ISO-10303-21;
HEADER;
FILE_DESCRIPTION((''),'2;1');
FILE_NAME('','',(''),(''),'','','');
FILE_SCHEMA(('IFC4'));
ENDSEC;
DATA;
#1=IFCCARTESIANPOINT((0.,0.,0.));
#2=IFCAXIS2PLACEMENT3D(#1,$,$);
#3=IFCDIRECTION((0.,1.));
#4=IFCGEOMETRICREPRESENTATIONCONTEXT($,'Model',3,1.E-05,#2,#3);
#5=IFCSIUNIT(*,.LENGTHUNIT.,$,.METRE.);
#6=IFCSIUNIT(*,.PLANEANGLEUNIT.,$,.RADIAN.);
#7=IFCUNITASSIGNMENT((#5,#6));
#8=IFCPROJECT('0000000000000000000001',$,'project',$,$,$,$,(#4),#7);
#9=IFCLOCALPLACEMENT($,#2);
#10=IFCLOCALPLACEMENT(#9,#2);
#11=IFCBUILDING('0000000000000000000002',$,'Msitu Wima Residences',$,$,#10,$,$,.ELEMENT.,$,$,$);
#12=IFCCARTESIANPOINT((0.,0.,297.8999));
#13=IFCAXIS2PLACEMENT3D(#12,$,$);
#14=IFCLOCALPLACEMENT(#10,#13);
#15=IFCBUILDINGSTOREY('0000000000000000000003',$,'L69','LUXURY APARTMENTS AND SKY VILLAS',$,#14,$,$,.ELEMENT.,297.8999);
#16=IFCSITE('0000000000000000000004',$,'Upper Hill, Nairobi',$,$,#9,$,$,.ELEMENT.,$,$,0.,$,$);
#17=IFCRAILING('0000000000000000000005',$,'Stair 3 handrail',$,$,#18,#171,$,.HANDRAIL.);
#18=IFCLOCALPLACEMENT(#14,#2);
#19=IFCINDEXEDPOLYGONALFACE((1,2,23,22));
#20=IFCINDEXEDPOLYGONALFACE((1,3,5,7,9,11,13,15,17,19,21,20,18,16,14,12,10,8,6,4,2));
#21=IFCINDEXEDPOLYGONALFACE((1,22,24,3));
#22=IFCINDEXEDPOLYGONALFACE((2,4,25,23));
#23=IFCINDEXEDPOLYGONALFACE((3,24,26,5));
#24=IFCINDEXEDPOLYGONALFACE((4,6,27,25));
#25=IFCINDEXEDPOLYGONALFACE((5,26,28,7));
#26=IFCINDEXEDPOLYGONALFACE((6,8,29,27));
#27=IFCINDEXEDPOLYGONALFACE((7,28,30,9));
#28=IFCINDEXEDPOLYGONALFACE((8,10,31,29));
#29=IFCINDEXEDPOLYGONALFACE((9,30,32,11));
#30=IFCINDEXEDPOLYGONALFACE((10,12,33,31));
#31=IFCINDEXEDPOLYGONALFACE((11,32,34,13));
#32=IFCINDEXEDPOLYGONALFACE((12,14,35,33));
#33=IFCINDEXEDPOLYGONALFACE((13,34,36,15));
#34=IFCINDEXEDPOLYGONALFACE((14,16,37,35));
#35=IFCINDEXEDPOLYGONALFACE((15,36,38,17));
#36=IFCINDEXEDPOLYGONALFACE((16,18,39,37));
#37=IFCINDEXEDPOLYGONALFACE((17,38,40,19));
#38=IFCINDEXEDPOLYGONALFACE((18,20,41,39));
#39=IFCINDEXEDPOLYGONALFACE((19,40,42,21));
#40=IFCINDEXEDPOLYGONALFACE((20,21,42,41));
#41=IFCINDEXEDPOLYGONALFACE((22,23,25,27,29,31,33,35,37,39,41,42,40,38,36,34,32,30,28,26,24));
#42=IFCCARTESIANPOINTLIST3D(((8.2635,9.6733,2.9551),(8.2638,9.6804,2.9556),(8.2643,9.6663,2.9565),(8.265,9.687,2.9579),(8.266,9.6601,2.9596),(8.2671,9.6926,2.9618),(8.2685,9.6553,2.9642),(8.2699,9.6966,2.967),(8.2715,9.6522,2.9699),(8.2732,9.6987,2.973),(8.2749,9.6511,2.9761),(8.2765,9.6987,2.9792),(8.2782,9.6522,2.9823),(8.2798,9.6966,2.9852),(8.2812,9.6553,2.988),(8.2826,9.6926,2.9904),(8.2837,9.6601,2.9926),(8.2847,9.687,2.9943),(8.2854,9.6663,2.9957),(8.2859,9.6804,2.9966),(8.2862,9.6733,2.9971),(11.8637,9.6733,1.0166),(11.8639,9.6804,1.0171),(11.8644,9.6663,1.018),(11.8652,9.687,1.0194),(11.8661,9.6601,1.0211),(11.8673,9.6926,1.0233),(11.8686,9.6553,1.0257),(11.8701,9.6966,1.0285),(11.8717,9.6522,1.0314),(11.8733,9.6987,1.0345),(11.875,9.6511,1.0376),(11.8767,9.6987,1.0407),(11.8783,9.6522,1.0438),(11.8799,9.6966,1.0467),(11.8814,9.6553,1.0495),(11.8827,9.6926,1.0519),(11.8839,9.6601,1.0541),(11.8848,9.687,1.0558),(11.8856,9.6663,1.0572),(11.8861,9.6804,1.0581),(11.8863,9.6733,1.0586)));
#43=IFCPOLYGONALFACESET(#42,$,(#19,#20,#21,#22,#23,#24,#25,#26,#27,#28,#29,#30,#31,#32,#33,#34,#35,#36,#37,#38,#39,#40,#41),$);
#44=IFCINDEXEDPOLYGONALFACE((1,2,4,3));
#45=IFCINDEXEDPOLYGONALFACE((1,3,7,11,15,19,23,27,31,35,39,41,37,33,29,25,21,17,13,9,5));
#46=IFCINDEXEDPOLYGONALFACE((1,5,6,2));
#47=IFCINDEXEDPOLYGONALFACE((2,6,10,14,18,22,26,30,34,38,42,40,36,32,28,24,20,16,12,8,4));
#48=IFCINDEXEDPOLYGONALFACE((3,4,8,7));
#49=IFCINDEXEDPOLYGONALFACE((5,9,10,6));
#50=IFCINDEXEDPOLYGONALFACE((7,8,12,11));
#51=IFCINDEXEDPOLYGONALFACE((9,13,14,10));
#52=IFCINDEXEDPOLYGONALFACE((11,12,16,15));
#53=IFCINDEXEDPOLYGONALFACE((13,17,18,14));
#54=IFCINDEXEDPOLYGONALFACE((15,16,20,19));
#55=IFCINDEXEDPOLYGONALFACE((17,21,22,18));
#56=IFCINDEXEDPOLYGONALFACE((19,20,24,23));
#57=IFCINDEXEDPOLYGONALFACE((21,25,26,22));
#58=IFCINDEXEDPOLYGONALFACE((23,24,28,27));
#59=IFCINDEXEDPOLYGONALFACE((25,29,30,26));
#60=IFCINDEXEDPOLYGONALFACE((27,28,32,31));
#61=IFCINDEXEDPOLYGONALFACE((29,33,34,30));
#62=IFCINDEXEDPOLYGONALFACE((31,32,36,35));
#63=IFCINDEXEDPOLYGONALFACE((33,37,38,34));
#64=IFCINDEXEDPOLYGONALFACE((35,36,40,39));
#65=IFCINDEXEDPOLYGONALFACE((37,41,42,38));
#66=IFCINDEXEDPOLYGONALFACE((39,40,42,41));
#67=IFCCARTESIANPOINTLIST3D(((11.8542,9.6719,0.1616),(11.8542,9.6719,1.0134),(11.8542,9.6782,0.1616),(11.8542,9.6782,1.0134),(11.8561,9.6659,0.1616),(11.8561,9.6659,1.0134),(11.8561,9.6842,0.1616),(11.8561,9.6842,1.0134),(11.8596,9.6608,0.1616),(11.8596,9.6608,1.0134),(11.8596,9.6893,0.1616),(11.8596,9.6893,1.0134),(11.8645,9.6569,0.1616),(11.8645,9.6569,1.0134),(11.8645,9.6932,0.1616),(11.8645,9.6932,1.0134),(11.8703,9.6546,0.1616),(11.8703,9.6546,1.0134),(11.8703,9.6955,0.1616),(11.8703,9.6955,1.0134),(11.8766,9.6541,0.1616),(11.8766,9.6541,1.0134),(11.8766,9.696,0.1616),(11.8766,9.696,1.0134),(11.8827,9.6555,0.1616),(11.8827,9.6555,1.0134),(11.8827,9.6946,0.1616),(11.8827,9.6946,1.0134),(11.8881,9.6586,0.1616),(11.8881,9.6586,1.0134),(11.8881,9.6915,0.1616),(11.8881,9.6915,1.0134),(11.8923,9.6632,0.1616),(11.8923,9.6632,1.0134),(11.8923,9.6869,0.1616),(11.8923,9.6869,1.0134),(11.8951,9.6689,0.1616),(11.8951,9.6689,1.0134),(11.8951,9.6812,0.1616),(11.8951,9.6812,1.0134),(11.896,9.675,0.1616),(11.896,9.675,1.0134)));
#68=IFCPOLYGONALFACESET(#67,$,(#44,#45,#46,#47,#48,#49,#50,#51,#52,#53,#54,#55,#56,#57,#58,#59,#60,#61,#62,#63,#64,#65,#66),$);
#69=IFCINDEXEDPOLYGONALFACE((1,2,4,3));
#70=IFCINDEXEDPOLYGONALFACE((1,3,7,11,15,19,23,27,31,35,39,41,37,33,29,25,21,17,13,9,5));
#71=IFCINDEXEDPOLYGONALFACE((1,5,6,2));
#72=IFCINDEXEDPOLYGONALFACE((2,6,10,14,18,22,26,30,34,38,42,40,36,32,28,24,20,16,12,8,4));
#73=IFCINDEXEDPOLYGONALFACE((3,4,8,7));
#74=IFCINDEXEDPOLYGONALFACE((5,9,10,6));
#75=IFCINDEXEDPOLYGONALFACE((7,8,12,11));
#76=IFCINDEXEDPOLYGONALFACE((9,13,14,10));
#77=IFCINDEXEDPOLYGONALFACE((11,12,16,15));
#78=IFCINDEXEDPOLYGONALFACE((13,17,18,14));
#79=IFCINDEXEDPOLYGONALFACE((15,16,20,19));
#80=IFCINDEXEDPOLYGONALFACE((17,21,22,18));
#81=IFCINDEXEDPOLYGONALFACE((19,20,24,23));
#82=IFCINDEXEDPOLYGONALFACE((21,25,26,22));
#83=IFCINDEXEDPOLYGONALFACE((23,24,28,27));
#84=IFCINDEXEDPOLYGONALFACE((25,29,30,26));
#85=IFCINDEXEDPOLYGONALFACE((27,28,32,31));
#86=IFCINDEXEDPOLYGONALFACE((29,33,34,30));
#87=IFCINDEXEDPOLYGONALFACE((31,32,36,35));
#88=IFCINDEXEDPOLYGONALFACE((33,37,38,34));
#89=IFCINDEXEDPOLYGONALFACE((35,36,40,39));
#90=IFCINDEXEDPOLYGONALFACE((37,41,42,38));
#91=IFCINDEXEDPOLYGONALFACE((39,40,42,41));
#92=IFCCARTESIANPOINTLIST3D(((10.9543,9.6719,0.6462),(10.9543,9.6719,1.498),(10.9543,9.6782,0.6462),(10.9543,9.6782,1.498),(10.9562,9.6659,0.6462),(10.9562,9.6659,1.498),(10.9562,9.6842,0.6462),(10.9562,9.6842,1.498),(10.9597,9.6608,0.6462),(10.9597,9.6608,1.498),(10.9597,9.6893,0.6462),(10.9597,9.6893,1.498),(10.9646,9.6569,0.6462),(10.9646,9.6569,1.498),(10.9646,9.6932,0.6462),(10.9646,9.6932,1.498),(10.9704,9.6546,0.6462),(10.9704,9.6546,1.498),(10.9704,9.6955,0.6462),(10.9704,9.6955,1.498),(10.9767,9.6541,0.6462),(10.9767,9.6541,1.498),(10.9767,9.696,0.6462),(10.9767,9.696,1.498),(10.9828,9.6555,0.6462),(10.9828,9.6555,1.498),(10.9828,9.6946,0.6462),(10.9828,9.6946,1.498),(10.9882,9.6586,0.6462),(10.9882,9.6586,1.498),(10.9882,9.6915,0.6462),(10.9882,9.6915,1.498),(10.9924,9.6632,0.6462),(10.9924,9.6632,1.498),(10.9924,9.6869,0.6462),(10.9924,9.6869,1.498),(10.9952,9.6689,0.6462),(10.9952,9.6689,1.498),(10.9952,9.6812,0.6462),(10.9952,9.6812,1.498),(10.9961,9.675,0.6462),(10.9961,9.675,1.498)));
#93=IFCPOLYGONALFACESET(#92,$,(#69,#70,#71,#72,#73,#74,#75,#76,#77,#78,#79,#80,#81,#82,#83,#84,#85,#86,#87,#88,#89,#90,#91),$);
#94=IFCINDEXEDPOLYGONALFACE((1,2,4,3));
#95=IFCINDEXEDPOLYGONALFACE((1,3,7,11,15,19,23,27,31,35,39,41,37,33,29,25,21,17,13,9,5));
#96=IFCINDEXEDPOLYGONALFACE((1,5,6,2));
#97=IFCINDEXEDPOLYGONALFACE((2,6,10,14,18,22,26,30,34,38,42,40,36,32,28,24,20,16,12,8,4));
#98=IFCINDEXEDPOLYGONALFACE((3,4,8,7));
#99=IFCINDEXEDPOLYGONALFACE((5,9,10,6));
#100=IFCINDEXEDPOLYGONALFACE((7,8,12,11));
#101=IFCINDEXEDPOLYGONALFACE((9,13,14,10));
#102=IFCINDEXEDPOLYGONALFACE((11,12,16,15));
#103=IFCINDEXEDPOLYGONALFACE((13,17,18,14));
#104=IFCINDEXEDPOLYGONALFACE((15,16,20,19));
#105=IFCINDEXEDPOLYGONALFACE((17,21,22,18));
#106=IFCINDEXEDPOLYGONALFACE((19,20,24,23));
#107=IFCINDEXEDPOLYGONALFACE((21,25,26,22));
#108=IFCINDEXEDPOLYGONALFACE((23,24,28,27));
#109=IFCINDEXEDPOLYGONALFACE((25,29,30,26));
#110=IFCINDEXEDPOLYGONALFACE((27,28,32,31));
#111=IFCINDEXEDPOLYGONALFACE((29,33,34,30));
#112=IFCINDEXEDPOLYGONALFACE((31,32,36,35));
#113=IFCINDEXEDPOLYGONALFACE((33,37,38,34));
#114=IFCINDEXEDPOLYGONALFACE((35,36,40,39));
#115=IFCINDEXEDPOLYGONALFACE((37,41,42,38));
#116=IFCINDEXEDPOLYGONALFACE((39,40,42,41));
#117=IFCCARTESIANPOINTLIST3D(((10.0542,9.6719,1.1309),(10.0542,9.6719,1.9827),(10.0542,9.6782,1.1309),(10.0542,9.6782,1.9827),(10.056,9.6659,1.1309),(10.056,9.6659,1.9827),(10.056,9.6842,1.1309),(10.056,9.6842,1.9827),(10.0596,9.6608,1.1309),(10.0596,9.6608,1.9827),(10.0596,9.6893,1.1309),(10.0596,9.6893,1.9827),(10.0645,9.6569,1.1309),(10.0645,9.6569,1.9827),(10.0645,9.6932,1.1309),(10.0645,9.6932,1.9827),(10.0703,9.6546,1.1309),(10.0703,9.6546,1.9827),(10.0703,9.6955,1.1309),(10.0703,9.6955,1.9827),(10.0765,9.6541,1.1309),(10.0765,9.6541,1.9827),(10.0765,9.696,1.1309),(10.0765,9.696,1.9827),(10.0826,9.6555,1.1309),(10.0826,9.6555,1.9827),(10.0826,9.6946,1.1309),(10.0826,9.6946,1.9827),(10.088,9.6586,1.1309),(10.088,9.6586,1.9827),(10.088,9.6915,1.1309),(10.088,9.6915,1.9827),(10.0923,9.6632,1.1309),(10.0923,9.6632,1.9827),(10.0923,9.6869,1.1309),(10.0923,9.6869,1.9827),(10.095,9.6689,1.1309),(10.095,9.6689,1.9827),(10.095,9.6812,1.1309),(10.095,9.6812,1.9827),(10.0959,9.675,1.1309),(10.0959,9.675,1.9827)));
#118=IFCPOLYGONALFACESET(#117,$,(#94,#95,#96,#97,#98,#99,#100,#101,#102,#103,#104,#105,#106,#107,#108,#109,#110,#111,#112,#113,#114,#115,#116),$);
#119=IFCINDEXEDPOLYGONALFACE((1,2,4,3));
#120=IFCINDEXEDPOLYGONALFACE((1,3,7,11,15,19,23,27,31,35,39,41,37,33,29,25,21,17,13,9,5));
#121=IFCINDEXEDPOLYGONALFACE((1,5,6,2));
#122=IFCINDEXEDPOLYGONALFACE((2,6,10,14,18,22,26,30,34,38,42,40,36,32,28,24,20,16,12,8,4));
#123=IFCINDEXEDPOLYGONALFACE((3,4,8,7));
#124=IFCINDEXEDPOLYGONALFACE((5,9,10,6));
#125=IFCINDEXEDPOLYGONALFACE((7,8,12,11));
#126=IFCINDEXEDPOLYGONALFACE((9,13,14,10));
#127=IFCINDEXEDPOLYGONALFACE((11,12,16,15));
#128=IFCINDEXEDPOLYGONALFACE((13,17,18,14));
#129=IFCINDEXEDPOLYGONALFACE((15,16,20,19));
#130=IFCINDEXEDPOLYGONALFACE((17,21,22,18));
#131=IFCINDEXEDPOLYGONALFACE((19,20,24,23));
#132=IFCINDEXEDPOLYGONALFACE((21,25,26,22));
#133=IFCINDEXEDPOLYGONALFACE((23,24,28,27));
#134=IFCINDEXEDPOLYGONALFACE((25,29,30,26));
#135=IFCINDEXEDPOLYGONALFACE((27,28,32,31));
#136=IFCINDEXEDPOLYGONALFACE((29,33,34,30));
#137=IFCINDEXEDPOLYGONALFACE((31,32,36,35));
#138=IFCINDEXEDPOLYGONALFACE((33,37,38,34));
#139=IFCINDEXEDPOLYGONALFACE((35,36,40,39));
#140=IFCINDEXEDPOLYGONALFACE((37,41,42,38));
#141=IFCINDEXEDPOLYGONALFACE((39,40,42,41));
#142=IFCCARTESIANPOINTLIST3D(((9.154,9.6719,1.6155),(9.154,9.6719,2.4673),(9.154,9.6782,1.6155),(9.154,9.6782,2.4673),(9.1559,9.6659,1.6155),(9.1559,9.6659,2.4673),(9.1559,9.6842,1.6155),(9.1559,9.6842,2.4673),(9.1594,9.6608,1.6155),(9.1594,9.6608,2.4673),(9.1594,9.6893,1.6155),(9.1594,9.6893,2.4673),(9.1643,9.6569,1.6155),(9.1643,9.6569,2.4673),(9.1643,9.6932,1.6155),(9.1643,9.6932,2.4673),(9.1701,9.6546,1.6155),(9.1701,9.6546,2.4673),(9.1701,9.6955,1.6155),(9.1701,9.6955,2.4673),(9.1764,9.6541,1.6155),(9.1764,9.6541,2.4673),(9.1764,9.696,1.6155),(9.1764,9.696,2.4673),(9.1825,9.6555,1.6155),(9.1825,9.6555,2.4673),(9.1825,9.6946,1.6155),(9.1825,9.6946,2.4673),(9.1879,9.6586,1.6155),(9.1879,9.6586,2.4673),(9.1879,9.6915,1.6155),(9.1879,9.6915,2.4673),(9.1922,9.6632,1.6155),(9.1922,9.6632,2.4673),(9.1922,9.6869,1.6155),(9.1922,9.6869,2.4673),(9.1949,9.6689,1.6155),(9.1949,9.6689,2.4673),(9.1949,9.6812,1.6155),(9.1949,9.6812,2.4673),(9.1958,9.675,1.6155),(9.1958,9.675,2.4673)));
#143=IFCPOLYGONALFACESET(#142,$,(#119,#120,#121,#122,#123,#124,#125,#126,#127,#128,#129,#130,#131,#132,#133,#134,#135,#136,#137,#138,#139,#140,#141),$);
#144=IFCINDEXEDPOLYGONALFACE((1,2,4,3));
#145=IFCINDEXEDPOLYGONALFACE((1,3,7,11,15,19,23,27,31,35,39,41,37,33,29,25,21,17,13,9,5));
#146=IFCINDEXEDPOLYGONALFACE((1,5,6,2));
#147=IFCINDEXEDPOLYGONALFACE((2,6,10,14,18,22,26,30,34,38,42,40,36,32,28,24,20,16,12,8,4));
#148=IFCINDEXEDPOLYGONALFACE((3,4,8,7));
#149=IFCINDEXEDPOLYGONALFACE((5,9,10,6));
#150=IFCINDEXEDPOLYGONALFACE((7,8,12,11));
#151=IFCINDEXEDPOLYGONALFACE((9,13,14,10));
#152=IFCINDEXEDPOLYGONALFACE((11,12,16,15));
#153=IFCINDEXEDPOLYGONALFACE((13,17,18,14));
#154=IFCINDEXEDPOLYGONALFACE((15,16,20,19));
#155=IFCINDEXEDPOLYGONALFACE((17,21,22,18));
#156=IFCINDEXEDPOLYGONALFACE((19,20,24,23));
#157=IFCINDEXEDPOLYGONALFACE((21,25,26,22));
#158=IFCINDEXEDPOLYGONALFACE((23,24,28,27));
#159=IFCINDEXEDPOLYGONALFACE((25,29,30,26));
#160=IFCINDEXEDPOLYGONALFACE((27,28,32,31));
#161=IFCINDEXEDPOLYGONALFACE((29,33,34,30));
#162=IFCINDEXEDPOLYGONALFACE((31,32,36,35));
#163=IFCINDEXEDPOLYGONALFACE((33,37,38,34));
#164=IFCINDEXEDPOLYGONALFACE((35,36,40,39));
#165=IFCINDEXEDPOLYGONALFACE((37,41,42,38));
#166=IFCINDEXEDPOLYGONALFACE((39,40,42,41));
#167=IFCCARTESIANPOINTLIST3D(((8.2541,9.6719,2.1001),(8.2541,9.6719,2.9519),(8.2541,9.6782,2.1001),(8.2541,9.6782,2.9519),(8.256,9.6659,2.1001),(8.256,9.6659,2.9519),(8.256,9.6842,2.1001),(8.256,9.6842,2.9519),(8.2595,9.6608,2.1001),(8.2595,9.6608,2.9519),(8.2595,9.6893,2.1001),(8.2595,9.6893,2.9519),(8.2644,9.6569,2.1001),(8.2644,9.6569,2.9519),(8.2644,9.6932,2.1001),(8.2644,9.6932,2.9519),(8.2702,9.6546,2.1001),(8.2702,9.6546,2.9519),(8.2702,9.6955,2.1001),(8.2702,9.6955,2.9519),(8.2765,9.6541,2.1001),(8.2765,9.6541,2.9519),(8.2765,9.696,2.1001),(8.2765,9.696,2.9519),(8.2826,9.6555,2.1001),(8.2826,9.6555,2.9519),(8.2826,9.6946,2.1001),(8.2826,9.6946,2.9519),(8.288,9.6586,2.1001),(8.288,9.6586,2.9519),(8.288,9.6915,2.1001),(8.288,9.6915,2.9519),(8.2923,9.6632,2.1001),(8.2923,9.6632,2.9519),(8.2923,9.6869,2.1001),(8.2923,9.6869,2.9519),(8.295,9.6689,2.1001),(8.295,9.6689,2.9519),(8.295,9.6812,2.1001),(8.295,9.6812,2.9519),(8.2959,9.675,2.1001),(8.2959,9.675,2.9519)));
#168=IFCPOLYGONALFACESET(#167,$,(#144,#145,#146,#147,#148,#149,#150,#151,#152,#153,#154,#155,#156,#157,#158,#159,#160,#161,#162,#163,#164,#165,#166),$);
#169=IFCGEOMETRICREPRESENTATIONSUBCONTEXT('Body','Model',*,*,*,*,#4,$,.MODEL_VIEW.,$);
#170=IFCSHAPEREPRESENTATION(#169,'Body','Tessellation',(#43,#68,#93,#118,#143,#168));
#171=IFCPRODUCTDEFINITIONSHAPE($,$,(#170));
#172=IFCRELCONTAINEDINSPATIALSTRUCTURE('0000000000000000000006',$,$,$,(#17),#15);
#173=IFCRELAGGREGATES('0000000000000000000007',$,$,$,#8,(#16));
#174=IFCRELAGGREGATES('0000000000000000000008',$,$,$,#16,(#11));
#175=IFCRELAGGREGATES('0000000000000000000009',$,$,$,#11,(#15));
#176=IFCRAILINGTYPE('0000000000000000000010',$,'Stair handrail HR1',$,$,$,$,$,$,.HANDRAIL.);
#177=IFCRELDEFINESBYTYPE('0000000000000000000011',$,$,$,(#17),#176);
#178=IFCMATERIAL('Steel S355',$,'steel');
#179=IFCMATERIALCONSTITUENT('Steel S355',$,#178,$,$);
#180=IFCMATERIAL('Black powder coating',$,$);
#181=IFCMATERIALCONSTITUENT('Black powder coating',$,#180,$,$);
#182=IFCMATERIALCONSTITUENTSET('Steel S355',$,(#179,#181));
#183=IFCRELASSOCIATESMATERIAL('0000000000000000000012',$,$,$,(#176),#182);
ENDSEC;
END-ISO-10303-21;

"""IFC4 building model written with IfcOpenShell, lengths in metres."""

from ifc_helpers import new_model, si_unit, direction, frame, origin, origin_2d, place, context, subcontext, project, spatial, circle, extrude, material, constituent, constituent_set, type_object, element, save


model = new_model("IFC4")

# Units and contexts
model_context = context("Model", 3, precision=1e-05, world=origin(), true_north=direction((0.0, 1.0)))
body_context = subcontext(model_context, "Body", "Model", "MODEL_VIEW")
ifc_project = project(units=[si_unit("LENGTHUNIT", "METRE"), si_unit("PLANEANGLEUNIT", "RADIAN")], contexts=[model_context])

# Site, building, storey
site_placement = place(None, origin())
site = spatial("IfcSite", under=ifc_project, at=site_placement, Name="Upper Hill, Nairobi", CompositionType="ELEMENT", RefElevation=0.0)
building_placement = place(site_placement, origin())
building = spatial("IfcBuilding", under=site, at=building_placement, Name="Msitu Wima Residences", CompositionType="ELEMENT")
storey_placement = place(building_placement, frame((0.0, 0.0, 297.8999)))
storey = spatial("IfcBuildingStorey", under=building, at=storey_placement, Name="L69", Description="LUXURY APARTMENTS AND SKY VILLAS", CompositionType="ELEMENT", Elevation=297.8999)

# Railing
ifc_material_1 = material(Name="Steel S355", Category="steel")
ifc_constituent_1 = constituent(ifc_material_1, Name="Steel S355")
ifc_material_2 = material(Name="Black powder coating")
ifc_constituent_2 = constituent(ifc_material_2, Name="Black powder coating")
ifc_constituent_set = constituent_set(constituents=[ifc_constituent_1, ifc_constituent_2], Name="Steel S355")
railing_type = type_object("IfcRailingType", Name="Stair handrail HR1", PredefinedType="HANDRAIL", material=ifc_constituent_set)
for number, where, name in (
    (1, (11.875, 9.675, 0.1616), "Stair 3 handrail"),
):
    element("IfcRailing", number, at=place(storey_placement, frame(where)), inside=storey, type_object=railing_type, Name=name, PredefinedType="HANDRAIL", context=body_context, shape_type="SweptSolid", body=[
        extrude(circle(Radius=0.0239, at=origin_2d()), frame((0.0, 0.0, 0.876), z_axis=(-0.880475, 0.0, 0.474093), x_axis=(0.0, -1.0, 0.0)), (0.0, 0.0, 1.0), 4.0889),
        extrude(circle(Radius=0.021, at=origin_2d()), origin(), (0.0, 0.0, 1.0), 0.8518),
        extrude(circle(Radius=0.021, at=origin_2d()), frame((-0.8999, 0.0, 0.4846)), (0.0, 0.0, 1.0), 0.8518),
        extrude(circle(Radius=0.021, at=origin_2d()), frame((-1.8, 0.0, 0.9692)), (0.0, 0.0, 1.0), 0.8518),
        extrude(circle(Radius=0.021, at=origin_2d()), frame((-2.7002, 0.0, 1.4539)), (0.0, 0.0, 1.0), 0.8518),
        extrude(circle(Radius=0.021, at=origin_2d()), frame((-3.6001, 0.0, 1.9385)), (0.0, 0.0, 1.0), 0.8518),
    ])

save(model, "model.ifc")
